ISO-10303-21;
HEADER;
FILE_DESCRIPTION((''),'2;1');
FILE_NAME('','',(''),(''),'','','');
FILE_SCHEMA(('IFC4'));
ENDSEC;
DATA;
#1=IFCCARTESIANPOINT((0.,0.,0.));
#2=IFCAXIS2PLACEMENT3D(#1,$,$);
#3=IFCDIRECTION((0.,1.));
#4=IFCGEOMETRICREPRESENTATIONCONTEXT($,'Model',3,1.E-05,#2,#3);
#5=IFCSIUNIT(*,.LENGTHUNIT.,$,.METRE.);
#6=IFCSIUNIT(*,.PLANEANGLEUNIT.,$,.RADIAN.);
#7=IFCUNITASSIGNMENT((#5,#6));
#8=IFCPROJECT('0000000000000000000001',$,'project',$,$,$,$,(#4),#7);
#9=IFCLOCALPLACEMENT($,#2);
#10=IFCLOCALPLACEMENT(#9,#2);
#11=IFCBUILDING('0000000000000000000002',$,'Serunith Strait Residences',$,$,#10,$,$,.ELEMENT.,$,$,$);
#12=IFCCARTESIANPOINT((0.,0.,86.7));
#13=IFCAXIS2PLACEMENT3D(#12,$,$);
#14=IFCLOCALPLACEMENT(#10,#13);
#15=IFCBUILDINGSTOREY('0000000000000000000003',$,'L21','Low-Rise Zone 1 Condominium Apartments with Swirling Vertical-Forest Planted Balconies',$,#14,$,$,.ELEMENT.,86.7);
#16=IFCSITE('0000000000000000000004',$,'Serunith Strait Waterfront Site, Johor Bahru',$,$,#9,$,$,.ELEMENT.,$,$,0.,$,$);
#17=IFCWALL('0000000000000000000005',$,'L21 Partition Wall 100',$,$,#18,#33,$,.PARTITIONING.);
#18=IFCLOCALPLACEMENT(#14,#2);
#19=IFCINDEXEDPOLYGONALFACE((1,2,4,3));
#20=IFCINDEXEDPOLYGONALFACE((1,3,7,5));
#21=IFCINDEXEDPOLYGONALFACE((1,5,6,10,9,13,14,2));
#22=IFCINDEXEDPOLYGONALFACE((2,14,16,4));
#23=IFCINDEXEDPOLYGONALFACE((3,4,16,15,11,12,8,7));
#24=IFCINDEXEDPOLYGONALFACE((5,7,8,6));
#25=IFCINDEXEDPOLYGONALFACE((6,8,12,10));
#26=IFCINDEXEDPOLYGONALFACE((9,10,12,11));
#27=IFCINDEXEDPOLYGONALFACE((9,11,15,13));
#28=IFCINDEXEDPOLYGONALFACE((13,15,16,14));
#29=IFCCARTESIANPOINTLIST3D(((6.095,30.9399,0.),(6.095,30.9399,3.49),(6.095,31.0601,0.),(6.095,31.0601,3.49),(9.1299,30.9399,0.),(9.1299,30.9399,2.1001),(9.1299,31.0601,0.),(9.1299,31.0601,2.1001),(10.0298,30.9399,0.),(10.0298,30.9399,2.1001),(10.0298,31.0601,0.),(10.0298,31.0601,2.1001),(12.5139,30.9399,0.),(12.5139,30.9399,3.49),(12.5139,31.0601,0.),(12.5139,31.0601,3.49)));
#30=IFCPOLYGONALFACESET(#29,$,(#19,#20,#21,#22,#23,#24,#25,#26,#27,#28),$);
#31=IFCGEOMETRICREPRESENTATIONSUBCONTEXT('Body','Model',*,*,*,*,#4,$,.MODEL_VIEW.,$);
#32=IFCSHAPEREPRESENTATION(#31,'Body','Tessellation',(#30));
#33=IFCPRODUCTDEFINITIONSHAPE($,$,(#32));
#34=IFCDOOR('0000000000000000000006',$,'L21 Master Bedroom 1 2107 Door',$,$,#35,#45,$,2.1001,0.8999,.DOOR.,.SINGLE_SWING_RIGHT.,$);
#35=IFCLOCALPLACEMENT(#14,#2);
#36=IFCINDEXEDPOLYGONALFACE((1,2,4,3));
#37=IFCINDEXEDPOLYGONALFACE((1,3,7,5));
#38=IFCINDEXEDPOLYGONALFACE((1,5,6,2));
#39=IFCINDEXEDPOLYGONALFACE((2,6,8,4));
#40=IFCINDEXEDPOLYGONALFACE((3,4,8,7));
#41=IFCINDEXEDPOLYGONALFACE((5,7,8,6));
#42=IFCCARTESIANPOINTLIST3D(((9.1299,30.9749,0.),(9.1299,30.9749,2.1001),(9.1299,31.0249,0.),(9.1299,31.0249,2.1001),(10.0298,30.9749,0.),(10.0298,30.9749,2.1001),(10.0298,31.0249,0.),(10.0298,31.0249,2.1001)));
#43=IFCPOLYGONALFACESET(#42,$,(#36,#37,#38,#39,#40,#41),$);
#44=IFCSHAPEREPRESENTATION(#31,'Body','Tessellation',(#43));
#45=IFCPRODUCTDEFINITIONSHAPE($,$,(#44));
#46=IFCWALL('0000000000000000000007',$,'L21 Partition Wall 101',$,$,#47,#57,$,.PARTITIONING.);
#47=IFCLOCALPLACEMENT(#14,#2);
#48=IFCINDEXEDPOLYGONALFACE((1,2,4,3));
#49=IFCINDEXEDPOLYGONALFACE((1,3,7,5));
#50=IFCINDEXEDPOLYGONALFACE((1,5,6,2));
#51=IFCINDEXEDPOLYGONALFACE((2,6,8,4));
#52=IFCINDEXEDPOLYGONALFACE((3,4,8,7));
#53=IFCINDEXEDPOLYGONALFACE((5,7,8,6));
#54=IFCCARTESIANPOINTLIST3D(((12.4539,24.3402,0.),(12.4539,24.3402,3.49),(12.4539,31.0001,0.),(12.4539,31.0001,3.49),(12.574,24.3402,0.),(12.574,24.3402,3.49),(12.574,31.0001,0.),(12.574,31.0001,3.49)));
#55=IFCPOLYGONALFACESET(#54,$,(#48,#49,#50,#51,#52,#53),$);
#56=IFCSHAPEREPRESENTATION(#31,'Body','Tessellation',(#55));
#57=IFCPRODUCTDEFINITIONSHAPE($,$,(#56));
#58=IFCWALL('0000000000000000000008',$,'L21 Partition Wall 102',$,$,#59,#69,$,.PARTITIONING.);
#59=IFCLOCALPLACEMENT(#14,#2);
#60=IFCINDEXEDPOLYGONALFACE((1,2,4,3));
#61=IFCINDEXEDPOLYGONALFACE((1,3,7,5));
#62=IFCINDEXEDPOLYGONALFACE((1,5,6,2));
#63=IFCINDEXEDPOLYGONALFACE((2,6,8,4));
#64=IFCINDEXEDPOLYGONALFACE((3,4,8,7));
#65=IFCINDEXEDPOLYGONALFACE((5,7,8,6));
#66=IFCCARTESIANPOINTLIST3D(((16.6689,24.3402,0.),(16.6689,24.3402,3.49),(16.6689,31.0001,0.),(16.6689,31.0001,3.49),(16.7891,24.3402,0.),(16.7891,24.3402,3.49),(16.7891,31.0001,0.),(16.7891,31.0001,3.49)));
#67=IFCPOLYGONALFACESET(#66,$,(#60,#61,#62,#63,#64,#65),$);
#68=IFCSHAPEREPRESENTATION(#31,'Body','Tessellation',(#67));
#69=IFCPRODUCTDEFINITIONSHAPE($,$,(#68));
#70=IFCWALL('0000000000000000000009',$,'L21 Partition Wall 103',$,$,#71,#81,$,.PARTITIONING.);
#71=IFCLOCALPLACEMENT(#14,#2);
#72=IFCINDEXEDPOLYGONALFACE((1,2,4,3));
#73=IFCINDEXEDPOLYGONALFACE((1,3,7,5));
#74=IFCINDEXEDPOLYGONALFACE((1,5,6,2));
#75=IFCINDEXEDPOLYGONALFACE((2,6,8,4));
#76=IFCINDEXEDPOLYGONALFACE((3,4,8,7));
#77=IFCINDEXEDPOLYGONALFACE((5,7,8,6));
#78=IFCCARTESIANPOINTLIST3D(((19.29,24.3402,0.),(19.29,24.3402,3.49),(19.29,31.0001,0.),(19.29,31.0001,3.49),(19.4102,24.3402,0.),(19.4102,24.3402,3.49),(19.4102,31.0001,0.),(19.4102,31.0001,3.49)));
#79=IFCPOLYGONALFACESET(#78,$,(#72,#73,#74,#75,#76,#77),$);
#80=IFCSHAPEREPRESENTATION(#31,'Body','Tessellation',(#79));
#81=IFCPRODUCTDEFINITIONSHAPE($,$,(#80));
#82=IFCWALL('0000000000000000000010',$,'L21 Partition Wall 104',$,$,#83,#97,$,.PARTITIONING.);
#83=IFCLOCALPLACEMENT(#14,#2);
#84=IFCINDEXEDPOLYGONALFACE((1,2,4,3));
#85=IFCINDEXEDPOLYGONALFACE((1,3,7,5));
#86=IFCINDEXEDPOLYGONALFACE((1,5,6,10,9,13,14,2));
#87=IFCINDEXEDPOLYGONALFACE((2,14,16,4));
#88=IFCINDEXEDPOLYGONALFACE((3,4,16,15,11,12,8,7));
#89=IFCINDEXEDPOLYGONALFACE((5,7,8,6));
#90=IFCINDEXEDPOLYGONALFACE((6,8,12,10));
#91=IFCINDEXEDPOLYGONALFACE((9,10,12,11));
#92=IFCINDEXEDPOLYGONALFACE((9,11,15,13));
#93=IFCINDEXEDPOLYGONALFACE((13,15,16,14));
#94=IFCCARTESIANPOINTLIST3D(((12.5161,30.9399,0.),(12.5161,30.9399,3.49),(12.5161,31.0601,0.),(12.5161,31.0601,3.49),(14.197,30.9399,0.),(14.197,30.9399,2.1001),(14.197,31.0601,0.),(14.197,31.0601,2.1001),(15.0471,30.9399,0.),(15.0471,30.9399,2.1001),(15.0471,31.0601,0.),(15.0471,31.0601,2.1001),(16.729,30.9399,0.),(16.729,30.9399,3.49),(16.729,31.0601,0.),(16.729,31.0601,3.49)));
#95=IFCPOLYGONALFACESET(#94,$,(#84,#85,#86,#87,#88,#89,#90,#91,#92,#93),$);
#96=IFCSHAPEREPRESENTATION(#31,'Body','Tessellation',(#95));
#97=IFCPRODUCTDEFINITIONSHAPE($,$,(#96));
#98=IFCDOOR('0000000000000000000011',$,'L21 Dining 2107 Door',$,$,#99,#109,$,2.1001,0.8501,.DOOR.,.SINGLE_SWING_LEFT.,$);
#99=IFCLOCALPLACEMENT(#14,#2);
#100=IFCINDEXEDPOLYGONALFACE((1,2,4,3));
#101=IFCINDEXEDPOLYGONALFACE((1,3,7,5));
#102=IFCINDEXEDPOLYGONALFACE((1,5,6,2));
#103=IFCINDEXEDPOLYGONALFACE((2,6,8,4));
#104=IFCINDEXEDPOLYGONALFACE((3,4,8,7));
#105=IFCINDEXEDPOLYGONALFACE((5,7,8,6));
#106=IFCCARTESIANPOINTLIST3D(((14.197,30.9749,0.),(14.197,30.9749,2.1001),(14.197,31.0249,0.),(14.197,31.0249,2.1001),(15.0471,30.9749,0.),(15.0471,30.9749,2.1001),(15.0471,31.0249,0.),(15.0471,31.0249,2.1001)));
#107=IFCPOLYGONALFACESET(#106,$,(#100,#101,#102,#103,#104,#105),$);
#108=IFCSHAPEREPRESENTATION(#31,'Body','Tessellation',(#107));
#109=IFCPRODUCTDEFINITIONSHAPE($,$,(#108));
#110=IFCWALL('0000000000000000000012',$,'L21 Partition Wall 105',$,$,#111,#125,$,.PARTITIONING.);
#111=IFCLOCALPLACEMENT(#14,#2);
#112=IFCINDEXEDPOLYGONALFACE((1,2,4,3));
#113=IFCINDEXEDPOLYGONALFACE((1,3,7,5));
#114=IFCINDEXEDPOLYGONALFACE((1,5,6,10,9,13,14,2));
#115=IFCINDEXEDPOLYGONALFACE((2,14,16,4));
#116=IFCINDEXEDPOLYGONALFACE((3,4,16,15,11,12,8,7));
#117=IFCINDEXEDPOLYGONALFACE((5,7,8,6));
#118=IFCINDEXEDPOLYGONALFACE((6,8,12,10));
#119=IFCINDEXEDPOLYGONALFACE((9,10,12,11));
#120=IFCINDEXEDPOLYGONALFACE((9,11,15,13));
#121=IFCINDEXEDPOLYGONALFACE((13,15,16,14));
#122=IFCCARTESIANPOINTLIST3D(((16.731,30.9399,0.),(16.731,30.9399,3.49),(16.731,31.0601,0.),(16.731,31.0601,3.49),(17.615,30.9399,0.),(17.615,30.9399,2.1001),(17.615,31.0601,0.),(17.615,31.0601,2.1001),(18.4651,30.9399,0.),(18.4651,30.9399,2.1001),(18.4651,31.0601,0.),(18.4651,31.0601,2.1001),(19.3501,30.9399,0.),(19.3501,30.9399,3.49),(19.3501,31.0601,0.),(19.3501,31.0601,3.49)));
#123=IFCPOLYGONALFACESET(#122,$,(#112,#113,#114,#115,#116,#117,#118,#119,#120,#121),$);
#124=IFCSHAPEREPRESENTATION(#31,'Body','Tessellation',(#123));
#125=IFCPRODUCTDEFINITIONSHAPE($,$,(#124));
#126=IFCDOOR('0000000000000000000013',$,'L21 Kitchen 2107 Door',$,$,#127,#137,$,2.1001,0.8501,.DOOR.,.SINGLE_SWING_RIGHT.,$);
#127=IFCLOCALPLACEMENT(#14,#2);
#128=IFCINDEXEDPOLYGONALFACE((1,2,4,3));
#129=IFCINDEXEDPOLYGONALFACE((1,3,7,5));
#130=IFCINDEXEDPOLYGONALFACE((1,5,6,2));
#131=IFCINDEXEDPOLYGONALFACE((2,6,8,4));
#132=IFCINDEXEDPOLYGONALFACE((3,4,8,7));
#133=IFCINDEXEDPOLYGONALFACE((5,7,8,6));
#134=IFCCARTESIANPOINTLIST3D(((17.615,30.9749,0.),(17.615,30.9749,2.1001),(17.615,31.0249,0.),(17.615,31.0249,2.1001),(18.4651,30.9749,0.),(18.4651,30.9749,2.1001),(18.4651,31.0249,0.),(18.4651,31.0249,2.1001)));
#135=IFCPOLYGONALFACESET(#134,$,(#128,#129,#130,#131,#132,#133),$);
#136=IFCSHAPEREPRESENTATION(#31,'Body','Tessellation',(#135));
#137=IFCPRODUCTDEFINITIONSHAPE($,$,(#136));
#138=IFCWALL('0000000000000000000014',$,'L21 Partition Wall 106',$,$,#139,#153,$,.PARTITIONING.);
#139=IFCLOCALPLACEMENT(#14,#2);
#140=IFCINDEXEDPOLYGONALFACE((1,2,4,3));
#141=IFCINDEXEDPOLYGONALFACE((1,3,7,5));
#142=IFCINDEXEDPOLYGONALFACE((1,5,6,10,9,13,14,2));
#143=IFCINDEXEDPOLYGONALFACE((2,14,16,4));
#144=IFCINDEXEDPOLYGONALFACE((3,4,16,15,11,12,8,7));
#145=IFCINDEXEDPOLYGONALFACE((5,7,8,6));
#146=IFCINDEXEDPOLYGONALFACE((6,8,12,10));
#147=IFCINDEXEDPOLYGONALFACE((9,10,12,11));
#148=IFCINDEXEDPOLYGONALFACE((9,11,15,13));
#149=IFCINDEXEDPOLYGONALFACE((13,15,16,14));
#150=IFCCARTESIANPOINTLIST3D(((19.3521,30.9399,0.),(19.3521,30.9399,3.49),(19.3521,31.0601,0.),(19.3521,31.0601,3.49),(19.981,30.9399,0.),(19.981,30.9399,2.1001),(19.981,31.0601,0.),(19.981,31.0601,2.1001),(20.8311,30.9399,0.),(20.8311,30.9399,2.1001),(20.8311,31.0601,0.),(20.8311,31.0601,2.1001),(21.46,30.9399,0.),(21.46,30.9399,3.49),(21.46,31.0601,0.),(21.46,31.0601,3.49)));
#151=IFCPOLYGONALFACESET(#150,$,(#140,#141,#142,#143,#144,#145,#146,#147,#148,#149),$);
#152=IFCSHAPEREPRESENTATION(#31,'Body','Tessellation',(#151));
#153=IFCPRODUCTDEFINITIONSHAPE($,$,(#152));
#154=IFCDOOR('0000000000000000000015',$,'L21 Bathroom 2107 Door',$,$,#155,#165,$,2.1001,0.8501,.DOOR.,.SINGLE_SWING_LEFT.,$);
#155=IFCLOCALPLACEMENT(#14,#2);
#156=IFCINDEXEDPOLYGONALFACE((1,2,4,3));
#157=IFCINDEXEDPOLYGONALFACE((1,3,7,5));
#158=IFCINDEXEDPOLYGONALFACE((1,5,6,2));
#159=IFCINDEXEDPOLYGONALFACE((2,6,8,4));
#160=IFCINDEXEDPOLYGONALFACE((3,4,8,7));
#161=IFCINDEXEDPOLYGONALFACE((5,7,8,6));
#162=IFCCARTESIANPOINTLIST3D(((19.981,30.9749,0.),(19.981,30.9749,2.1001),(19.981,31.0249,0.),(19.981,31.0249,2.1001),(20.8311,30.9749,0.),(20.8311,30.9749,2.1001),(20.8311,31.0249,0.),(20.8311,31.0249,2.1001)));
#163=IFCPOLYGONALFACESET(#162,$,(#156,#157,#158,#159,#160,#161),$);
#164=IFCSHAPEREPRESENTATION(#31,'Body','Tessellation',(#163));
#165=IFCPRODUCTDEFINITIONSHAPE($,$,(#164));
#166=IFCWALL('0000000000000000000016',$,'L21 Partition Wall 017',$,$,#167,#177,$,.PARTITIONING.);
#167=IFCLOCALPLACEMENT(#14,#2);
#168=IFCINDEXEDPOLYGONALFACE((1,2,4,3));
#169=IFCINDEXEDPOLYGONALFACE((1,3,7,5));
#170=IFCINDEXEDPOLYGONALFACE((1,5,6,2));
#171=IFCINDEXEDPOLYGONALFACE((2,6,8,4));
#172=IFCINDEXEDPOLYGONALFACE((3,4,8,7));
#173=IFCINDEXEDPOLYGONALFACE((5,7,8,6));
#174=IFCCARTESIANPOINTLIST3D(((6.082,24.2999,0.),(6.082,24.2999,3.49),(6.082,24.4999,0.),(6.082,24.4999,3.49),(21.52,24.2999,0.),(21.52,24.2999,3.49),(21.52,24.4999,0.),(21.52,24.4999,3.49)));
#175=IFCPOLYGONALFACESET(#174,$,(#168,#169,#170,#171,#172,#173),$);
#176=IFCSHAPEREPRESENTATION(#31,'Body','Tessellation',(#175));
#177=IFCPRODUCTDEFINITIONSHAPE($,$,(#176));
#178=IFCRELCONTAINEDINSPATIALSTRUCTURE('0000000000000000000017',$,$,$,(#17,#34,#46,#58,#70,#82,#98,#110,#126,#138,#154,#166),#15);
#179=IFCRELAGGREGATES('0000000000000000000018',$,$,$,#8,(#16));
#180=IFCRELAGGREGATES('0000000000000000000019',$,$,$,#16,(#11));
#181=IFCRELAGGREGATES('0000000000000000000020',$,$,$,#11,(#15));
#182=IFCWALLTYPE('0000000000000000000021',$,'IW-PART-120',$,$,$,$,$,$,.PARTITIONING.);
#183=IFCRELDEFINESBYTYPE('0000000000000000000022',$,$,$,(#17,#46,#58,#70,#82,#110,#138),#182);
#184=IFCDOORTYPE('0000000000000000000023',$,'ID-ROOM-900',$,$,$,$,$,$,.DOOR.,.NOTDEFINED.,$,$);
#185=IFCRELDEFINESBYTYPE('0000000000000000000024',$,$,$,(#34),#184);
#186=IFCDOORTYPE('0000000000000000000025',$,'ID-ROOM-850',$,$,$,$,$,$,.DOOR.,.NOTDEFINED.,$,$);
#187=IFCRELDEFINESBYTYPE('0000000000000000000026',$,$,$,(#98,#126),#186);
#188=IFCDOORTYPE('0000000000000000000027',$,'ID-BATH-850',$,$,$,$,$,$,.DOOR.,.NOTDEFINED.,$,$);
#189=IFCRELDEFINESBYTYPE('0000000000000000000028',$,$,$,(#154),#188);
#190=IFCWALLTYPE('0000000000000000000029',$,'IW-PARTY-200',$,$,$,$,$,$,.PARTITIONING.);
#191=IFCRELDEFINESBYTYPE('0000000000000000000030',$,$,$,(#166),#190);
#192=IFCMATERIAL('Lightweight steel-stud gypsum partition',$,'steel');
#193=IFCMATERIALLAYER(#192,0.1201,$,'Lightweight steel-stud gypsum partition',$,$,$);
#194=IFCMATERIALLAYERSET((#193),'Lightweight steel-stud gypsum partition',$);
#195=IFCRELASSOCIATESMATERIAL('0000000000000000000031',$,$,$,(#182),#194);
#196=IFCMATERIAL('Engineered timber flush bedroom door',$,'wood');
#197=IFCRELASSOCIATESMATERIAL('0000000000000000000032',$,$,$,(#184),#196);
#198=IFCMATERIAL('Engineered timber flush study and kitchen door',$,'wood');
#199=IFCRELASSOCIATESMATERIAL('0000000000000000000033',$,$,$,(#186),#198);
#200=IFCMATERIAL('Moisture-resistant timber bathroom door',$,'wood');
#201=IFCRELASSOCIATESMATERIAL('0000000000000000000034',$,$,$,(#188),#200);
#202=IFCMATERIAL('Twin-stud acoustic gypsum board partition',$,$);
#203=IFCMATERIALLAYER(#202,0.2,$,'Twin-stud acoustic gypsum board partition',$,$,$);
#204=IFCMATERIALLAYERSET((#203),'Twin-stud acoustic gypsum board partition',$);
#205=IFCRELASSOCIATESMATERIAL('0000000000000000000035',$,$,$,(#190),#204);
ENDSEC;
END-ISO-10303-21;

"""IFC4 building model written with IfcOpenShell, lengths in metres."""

from ifc_helpers import new_model, si_unit, direction, frame, frame_2d, origin, place, context, subcontext, project, spatial, rectangle, extrude, source, transform, mapped, material, layer, layer_set, type_object, element, fill, save


model = new_model("IFC4")

# Units and contexts
model_context = context("Model", 3, precision=1e-05, world=origin(), true_north=direction((0.0, 1.0)))
body_context = subcontext(model_context, "Body", "Model", "MODEL_VIEW")
ifc_project = project(units=[si_unit("LENGTHUNIT", "METRE"), si_unit("PLANEANGLEUNIT", "RADIAN")], contexts=[model_context])

# Site, building, storey
site_placement = place(None, origin())
site = spatial("IfcSite", under=ifc_project, at=site_placement, Name="Serunith Strait Waterfront Site, Johor Bahru", CompositionType="ELEMENT", RefElevation=0.0)
building_placement = place(site_placement, origin())
building = spatial("IfcBuilding", under=site, at=building_placement, Name="Serunith Strait Residences", CompositionType="ELEMENT")
storey_placement = place(building_placement, frame((0.0, 0.0, 86.7)))
storey = spatial("IfcBuildingStorey", under=building, at=storey_placement, Name="L21", Description="Low-Rise Zone 1 Condominium Apartments with Swirling Vertical-Forest Planted Balconies", CompositionType="ELEMENT", Elevation=86.7)

# Wall, opening, door
ifc_material_1 = material(Name="Lightweight steel-stud gypsum partition", Category="steel")
ifc_layer_1 = layer(ifc_material_1, 0.1201, Name="Lightweight steel-stud gypsum partition")
ifc_layer_set_1 = layer_set([ifc_layer_1], Name="Lightweight steel-stud gypsum partition")
wall_type_1 = type_object("IfcWallType", Name="IW-PART-120", PredefinedType="PARTITIONING", material=ifc_layer_set_1)
wall_1_placement = place(storey_placement, frame((6.095, 31.0, 0.0), z_axis=(0.0, 0.0, 1.0), x_axis=(1.0, 0.0, 0.0)))
wall_1 = element("IfcWall", 1, at=wall_1_placement, inside=storey, type_object=wall_type_1, Name="L21 Partition Wall 100", PredefinedType="PARTITIONING", context=body_context, shape_type="SweptSolid", body=[
    extrude(rectangle(XDim=6.4189, YDim=0.1201, at=frame_2d((3.2095, 0.0))), origin(), (0.0, 0.0, 1.0), 3.49),
])
opening_1_placement = place(wall_1_placement, frame((3.0349, 0.0, 0.0)))
opening_1 = element("IfcOpeningElement", 2, at=opening_1_placement, cuts=wall_1, PredefinedType="OPENING", context=body_context, shape_type="SweptSolid", body=[
    extrude(rectangle(XDim=0.8999, YDim=2.1001, at=frame_2d((0.45, 1.05))), frame((0.0, 0.0701, 0.0), z_axis=(0.0, -1.0, 0.0), x_axis=(1.0, 0.0, 0.0)), (0.0, 0.0, 1.0), 0.1401),
])
ifc_material_2 = material(Name="Engineered timber flush bedroom door", Category="wood")
door_type_1 = type_object("IfcDoorType", Name="ID-ROOM-900", OperationType="NOTDEFINED", PredefinedType="DOOR", material=ifc_material_2)
shared_shape_1 = source(origin(), body_context, "Body", "SweptSolid", [
    extrude(rectangle(XDim=0.8999, YDim=2.1001, at=frame_2d((0.45, 1.05))), frame((0.0, 0.0249, 0.0), z_axis=(0.0, -1.0, 0.0), x_axis=(1.0, 0.0, 0.0)), (0.0, 0.0, 1.0), 0.05),
])
door_1_placement = place(opening_1_placement, origin())
door_1 = element("IfcDoor", 3, at=door_1_placement, inside=storey, type_object=door_type_1, Name="L21 Master Bedroom 1 2107 Door", OperationType="SINGLE_SWING_RIGHT", OverallHeight=2.1001, OverallWidth=0.8999, PredefinedType="DOOR", context=body_context, shape_type="MappedRepresentation", body=[
    mapped(shared_shape_1, transform((0.0, 0.0, 0.0), scale=1.0)),
])
fill(opening_1, door_1)

# Walls
for number, where, z_axis, x_axis, name in (
    (4, (12.5139, 24.3401, 0.0), (0.0, 0.0, 1.0), (0.0, 1.0, 0.0), "L21 Partition Wall 101"),
    (5, (16.729, 24.3401, 0.0), (0.0, 0.0, 1.0), (0.0, 1.0, 0.0), "L21 Partition Wall 102"),
    (6, (19.3501, 24.3401, 0.0), (0.0, 0.0, 1.0), (0.0, 1.0, 0.0), "L21 Partition Wall 103"),
):
    element("IfcWall", number, at=place(storey_placement, frame(where, z_axis=z_axis, x_axis=x_axis)), inside=storey, type_object=wall_type_1, Name=name, PredefinedType="PARTITIONING", context=body_context, shape_type="SweptSolid", body=[
        extrude(rectangle(XDim=6.6599, YDim=0.1201, at=frame_2d((3.3301, 0.0))), origin(), (0.0, 0.0, 1.0), 3.49),
    ])

# Walls, openings, doors
wall_2_placement = place(storey_placement, frame((12.5161, 31.0, 0.0), z_axis=(0.0, 0.0, 1.0), x_axis=(1.0, 0.0, 0.0)))
wall_2 = element("IfcWall", 7, at=wall_2_placement, inside=storey, type_object=wall_type_1, Name="L21 Partition Wall 104", PredefinedType="PARTITIONING", context=body_context, shape_type="SweptSolid", body=[
    extrude(rectangle(XDim=4.2129, YDim=0.1201, at=frame_2d((2.1064, 0.0))), origin(), (0.0, 0.0, 1.0), 3.49),
])
opening_2_placement = place(wall_2_placement, frame((1.6809, 0.0, 0.0)))
opening_2 = element("IfcOpeningElement", 8, at=opening_2_placement, cuts=wall_2, PredefinedType="OPENING", context=body_context, shape_type="SweptSolid", body=[
    extrude(rectangle(XDim=0.8501, YDim=2.1001, at=frame_2d((0.425, 1.05))), frame((0.0, 0.0701, 0.0), z_axis=(0.0, -1.0, 0.0), x_axis=(1.0, 0.0, 0.0)), (0.0, 0.0, 1.0), 0.1401),
])
ifc_material_3 = material(Name="Engineered timber flush study and kitchen door", Category="wood")
door_type_2 = type_object("IfcDoorType", Name="ID-ROOM-850", OperationType="NOTDEFINED", PredefinedType="DOOR", material=ifc_material_3)
shared_shape_2 = source(origin(), body_context, "Body", "SweptSolid", [
    extrude(rectangle(XDim=0.8501, YDim=2.1001, at=frame_2d((0.425, 1.05))), frame((0.0, 0.0249, 0.0), z_axis=(0.0, -1.0, 0.0), x_axis=(1.0, 0.0, 0.0)), (0.0, 0.0, 1.0), 0.05),
])
door_2_placement = place(opening_2_placement, origin())
door_2 = element("IfcDoor", 9, at=door_2_placement, inside=storey, type_object=door_type_2, Name="L21 Dining 2107 Door", OperationType="SINGLE_SWING_LEFT", OverallHeight=2.1001, OverallWidth=0.8501, PredefinedType="DOOR", context=body_context, shape_type="MappedRepresentation", body=[
    mapped(shared_shape_2, transform((0.0, 0.0, 0.0), scale=1.0)),
])
fill(opening_2, door_2)
wall_3_placement = place(storey_placement, frame((16.731, 31.0, 0.0), z_axis=(0.0, 0.0, 1.0), x_axis=(1.0, 0.0, 0.0)))
wall_3 = element("IfcWall", 10, at=wall_3_placement, inside=storey, type_object=wall_type_1, Name="L21 Partition Wall 105", PredefinedType="PARTITIONING", context=body_context, shape_type="SweptSolid", body=[
    extrude(rectangle(XDim=2.6191, YDim=0.1201, at=frame_2d((1.3096, 0.0))), origin(), (0.0, 0.0, 1.0), 3.49),
])
opening_3_placement = place(wall_3_placement, frame((0.884, 0.0, 0.0)))
opening_3 = element("IfcOpeningElement", 11, at=opening_3_placement, cuts=wall_3, PredefinedType="OPENING", context=body_context, shape_type="SweptSolid", body=[
    extrude(rectangle(XDim=0.8501, YDim=2.1001, at=frame_2d((0.425, 1.05))), frame((0.0, 0.0701, 0.0), z_axis=(0.0, -1.0, 0.0), x_axis=(1.0, 0.0, 0.0)), (0.0, 0.0, 1.0), 0.1401),
])
door_3_placement = place(opening_3_placement, origin())
door_3 = element("IfcDoor", 12, at=door_3_placement, inside=storey, type_object=door_type_2, Name="L21 Kitchen 2107 Door", OperationType="SINGLE_SWING_RIGHT", OverallHeight=2.1001, OverallWidth=0.8501, PredefinedType="DOOR", context=body_context, shape_type="MappedRepresentation", body=[
    mapped(shared_shape_2, transform((0.0, 0.0, 0.0), scale=1.0)),
])
fill(opening_3, door_3)
wall_4_placement = place(storey_placement, frame((19.3521, 31.0, 0.0), z_axis=(0.0, 0.0, 1.0), x_axis=(1.0, 0.0, 0.0)))
wall_4 = element("IfcWall", 13, at=wall_4_placement, inside=storey, type_object=wall_type_1, Name="L21 Partition Wall 106", PredefinedType="PARTITIONING", context=body_context, shape_type="SweptSolid", body=[
    extrude(rectangle(XDim=2.1079, YDim=0.1201, at=frame_2d((1.054, 0.0))), origin(), (0.0, 0.0, 1.0), 3.49),
])
opening_4_placement = place(wall_4_placement, frame((0.6289, 0.0, 0.0)))
opening_4 = element("IfcOpeningElement", 14, at=opening_4_placement, cuts=wall_4, PredefinedType="OPENING", context=body_context, shape_type="SweptSolid", body=[
    extrude(rectangle(XDim=0.8501, YDim=2.1001, at=frame_2d((0.425, 1.05))), frame((0.0, 0.0701, 0.0), z_axis=(0.0, -1.0, 0.0), x_axis=(1.0, 0.0, 0.0)), (0.0, 0.0, 1.0), 0.1401),
])
ifc_material_4 = material(Name="Moisture-resistant timber bathroom door", Category="wood")
door_type_3 = type_object("IfcDoorType", Name="ID-BATH-850", OperationType="NOTDEFINED", PredefinedType="DOOR", material=ifc_material_4)
door_4_placement = place(opening_4_placement, origin())
door_4 = element("IfcDoor", 15, at=door_4_placement, inside=storey, type_object=door_type_3, Name="L21 Bathroom 2107 Door", OperationType="SINGLE_SWING_LEFT", OverallHeight=2.1001, OverallWidth=0.8501, PredefinedType="DOOR", context=body_context, shape_type="MappedRepresentation", body=[
    mapped(shared_shape_2, transform((0.0, 0.0, 0.0), scale=1.0)),
])
fill(opening_4, door_4)

# Wall
ifc_material_5 = material(Name="Twin-stud acoustic gypsum board partition")
ifc_layer_2 = layer(ifc_material_5, 0.2, Name="Twin-stud acoustic gypsum board partition")
ifc_layer_set_2 = layer_set([ifc_layer_2], Name="Twin-stud acoustic gypsum board partition")
wall_type_2 = type_object("IfcWallType", Name="IW-PARTY-200", PredefinedType="PARTITIONING", material=ifc_layer_set_2)
wall_5_placement = place(storey_placement, frame((6.082, 24.3999, 0.0), z_axis=(0.0, 0.0, 1.0), x_axis=(1.0, 0.0, 0.0)))
element("IfcWall", 16, at=wall_5_placement, inside=storey, type_object=wall_type_2, Name="L21 Partition Wall 017", PredefinedType="PARTITIONING", context=body_context, shape_type="SweptSolid", body=[
    extrude(rectangle(XDim=15.438, YDim=0.2, at=frame_2d((7.719, 0.0))), origin(), (0.0, 0.0, 1.0), 3.49),
])

save(model, "model.ifc")
